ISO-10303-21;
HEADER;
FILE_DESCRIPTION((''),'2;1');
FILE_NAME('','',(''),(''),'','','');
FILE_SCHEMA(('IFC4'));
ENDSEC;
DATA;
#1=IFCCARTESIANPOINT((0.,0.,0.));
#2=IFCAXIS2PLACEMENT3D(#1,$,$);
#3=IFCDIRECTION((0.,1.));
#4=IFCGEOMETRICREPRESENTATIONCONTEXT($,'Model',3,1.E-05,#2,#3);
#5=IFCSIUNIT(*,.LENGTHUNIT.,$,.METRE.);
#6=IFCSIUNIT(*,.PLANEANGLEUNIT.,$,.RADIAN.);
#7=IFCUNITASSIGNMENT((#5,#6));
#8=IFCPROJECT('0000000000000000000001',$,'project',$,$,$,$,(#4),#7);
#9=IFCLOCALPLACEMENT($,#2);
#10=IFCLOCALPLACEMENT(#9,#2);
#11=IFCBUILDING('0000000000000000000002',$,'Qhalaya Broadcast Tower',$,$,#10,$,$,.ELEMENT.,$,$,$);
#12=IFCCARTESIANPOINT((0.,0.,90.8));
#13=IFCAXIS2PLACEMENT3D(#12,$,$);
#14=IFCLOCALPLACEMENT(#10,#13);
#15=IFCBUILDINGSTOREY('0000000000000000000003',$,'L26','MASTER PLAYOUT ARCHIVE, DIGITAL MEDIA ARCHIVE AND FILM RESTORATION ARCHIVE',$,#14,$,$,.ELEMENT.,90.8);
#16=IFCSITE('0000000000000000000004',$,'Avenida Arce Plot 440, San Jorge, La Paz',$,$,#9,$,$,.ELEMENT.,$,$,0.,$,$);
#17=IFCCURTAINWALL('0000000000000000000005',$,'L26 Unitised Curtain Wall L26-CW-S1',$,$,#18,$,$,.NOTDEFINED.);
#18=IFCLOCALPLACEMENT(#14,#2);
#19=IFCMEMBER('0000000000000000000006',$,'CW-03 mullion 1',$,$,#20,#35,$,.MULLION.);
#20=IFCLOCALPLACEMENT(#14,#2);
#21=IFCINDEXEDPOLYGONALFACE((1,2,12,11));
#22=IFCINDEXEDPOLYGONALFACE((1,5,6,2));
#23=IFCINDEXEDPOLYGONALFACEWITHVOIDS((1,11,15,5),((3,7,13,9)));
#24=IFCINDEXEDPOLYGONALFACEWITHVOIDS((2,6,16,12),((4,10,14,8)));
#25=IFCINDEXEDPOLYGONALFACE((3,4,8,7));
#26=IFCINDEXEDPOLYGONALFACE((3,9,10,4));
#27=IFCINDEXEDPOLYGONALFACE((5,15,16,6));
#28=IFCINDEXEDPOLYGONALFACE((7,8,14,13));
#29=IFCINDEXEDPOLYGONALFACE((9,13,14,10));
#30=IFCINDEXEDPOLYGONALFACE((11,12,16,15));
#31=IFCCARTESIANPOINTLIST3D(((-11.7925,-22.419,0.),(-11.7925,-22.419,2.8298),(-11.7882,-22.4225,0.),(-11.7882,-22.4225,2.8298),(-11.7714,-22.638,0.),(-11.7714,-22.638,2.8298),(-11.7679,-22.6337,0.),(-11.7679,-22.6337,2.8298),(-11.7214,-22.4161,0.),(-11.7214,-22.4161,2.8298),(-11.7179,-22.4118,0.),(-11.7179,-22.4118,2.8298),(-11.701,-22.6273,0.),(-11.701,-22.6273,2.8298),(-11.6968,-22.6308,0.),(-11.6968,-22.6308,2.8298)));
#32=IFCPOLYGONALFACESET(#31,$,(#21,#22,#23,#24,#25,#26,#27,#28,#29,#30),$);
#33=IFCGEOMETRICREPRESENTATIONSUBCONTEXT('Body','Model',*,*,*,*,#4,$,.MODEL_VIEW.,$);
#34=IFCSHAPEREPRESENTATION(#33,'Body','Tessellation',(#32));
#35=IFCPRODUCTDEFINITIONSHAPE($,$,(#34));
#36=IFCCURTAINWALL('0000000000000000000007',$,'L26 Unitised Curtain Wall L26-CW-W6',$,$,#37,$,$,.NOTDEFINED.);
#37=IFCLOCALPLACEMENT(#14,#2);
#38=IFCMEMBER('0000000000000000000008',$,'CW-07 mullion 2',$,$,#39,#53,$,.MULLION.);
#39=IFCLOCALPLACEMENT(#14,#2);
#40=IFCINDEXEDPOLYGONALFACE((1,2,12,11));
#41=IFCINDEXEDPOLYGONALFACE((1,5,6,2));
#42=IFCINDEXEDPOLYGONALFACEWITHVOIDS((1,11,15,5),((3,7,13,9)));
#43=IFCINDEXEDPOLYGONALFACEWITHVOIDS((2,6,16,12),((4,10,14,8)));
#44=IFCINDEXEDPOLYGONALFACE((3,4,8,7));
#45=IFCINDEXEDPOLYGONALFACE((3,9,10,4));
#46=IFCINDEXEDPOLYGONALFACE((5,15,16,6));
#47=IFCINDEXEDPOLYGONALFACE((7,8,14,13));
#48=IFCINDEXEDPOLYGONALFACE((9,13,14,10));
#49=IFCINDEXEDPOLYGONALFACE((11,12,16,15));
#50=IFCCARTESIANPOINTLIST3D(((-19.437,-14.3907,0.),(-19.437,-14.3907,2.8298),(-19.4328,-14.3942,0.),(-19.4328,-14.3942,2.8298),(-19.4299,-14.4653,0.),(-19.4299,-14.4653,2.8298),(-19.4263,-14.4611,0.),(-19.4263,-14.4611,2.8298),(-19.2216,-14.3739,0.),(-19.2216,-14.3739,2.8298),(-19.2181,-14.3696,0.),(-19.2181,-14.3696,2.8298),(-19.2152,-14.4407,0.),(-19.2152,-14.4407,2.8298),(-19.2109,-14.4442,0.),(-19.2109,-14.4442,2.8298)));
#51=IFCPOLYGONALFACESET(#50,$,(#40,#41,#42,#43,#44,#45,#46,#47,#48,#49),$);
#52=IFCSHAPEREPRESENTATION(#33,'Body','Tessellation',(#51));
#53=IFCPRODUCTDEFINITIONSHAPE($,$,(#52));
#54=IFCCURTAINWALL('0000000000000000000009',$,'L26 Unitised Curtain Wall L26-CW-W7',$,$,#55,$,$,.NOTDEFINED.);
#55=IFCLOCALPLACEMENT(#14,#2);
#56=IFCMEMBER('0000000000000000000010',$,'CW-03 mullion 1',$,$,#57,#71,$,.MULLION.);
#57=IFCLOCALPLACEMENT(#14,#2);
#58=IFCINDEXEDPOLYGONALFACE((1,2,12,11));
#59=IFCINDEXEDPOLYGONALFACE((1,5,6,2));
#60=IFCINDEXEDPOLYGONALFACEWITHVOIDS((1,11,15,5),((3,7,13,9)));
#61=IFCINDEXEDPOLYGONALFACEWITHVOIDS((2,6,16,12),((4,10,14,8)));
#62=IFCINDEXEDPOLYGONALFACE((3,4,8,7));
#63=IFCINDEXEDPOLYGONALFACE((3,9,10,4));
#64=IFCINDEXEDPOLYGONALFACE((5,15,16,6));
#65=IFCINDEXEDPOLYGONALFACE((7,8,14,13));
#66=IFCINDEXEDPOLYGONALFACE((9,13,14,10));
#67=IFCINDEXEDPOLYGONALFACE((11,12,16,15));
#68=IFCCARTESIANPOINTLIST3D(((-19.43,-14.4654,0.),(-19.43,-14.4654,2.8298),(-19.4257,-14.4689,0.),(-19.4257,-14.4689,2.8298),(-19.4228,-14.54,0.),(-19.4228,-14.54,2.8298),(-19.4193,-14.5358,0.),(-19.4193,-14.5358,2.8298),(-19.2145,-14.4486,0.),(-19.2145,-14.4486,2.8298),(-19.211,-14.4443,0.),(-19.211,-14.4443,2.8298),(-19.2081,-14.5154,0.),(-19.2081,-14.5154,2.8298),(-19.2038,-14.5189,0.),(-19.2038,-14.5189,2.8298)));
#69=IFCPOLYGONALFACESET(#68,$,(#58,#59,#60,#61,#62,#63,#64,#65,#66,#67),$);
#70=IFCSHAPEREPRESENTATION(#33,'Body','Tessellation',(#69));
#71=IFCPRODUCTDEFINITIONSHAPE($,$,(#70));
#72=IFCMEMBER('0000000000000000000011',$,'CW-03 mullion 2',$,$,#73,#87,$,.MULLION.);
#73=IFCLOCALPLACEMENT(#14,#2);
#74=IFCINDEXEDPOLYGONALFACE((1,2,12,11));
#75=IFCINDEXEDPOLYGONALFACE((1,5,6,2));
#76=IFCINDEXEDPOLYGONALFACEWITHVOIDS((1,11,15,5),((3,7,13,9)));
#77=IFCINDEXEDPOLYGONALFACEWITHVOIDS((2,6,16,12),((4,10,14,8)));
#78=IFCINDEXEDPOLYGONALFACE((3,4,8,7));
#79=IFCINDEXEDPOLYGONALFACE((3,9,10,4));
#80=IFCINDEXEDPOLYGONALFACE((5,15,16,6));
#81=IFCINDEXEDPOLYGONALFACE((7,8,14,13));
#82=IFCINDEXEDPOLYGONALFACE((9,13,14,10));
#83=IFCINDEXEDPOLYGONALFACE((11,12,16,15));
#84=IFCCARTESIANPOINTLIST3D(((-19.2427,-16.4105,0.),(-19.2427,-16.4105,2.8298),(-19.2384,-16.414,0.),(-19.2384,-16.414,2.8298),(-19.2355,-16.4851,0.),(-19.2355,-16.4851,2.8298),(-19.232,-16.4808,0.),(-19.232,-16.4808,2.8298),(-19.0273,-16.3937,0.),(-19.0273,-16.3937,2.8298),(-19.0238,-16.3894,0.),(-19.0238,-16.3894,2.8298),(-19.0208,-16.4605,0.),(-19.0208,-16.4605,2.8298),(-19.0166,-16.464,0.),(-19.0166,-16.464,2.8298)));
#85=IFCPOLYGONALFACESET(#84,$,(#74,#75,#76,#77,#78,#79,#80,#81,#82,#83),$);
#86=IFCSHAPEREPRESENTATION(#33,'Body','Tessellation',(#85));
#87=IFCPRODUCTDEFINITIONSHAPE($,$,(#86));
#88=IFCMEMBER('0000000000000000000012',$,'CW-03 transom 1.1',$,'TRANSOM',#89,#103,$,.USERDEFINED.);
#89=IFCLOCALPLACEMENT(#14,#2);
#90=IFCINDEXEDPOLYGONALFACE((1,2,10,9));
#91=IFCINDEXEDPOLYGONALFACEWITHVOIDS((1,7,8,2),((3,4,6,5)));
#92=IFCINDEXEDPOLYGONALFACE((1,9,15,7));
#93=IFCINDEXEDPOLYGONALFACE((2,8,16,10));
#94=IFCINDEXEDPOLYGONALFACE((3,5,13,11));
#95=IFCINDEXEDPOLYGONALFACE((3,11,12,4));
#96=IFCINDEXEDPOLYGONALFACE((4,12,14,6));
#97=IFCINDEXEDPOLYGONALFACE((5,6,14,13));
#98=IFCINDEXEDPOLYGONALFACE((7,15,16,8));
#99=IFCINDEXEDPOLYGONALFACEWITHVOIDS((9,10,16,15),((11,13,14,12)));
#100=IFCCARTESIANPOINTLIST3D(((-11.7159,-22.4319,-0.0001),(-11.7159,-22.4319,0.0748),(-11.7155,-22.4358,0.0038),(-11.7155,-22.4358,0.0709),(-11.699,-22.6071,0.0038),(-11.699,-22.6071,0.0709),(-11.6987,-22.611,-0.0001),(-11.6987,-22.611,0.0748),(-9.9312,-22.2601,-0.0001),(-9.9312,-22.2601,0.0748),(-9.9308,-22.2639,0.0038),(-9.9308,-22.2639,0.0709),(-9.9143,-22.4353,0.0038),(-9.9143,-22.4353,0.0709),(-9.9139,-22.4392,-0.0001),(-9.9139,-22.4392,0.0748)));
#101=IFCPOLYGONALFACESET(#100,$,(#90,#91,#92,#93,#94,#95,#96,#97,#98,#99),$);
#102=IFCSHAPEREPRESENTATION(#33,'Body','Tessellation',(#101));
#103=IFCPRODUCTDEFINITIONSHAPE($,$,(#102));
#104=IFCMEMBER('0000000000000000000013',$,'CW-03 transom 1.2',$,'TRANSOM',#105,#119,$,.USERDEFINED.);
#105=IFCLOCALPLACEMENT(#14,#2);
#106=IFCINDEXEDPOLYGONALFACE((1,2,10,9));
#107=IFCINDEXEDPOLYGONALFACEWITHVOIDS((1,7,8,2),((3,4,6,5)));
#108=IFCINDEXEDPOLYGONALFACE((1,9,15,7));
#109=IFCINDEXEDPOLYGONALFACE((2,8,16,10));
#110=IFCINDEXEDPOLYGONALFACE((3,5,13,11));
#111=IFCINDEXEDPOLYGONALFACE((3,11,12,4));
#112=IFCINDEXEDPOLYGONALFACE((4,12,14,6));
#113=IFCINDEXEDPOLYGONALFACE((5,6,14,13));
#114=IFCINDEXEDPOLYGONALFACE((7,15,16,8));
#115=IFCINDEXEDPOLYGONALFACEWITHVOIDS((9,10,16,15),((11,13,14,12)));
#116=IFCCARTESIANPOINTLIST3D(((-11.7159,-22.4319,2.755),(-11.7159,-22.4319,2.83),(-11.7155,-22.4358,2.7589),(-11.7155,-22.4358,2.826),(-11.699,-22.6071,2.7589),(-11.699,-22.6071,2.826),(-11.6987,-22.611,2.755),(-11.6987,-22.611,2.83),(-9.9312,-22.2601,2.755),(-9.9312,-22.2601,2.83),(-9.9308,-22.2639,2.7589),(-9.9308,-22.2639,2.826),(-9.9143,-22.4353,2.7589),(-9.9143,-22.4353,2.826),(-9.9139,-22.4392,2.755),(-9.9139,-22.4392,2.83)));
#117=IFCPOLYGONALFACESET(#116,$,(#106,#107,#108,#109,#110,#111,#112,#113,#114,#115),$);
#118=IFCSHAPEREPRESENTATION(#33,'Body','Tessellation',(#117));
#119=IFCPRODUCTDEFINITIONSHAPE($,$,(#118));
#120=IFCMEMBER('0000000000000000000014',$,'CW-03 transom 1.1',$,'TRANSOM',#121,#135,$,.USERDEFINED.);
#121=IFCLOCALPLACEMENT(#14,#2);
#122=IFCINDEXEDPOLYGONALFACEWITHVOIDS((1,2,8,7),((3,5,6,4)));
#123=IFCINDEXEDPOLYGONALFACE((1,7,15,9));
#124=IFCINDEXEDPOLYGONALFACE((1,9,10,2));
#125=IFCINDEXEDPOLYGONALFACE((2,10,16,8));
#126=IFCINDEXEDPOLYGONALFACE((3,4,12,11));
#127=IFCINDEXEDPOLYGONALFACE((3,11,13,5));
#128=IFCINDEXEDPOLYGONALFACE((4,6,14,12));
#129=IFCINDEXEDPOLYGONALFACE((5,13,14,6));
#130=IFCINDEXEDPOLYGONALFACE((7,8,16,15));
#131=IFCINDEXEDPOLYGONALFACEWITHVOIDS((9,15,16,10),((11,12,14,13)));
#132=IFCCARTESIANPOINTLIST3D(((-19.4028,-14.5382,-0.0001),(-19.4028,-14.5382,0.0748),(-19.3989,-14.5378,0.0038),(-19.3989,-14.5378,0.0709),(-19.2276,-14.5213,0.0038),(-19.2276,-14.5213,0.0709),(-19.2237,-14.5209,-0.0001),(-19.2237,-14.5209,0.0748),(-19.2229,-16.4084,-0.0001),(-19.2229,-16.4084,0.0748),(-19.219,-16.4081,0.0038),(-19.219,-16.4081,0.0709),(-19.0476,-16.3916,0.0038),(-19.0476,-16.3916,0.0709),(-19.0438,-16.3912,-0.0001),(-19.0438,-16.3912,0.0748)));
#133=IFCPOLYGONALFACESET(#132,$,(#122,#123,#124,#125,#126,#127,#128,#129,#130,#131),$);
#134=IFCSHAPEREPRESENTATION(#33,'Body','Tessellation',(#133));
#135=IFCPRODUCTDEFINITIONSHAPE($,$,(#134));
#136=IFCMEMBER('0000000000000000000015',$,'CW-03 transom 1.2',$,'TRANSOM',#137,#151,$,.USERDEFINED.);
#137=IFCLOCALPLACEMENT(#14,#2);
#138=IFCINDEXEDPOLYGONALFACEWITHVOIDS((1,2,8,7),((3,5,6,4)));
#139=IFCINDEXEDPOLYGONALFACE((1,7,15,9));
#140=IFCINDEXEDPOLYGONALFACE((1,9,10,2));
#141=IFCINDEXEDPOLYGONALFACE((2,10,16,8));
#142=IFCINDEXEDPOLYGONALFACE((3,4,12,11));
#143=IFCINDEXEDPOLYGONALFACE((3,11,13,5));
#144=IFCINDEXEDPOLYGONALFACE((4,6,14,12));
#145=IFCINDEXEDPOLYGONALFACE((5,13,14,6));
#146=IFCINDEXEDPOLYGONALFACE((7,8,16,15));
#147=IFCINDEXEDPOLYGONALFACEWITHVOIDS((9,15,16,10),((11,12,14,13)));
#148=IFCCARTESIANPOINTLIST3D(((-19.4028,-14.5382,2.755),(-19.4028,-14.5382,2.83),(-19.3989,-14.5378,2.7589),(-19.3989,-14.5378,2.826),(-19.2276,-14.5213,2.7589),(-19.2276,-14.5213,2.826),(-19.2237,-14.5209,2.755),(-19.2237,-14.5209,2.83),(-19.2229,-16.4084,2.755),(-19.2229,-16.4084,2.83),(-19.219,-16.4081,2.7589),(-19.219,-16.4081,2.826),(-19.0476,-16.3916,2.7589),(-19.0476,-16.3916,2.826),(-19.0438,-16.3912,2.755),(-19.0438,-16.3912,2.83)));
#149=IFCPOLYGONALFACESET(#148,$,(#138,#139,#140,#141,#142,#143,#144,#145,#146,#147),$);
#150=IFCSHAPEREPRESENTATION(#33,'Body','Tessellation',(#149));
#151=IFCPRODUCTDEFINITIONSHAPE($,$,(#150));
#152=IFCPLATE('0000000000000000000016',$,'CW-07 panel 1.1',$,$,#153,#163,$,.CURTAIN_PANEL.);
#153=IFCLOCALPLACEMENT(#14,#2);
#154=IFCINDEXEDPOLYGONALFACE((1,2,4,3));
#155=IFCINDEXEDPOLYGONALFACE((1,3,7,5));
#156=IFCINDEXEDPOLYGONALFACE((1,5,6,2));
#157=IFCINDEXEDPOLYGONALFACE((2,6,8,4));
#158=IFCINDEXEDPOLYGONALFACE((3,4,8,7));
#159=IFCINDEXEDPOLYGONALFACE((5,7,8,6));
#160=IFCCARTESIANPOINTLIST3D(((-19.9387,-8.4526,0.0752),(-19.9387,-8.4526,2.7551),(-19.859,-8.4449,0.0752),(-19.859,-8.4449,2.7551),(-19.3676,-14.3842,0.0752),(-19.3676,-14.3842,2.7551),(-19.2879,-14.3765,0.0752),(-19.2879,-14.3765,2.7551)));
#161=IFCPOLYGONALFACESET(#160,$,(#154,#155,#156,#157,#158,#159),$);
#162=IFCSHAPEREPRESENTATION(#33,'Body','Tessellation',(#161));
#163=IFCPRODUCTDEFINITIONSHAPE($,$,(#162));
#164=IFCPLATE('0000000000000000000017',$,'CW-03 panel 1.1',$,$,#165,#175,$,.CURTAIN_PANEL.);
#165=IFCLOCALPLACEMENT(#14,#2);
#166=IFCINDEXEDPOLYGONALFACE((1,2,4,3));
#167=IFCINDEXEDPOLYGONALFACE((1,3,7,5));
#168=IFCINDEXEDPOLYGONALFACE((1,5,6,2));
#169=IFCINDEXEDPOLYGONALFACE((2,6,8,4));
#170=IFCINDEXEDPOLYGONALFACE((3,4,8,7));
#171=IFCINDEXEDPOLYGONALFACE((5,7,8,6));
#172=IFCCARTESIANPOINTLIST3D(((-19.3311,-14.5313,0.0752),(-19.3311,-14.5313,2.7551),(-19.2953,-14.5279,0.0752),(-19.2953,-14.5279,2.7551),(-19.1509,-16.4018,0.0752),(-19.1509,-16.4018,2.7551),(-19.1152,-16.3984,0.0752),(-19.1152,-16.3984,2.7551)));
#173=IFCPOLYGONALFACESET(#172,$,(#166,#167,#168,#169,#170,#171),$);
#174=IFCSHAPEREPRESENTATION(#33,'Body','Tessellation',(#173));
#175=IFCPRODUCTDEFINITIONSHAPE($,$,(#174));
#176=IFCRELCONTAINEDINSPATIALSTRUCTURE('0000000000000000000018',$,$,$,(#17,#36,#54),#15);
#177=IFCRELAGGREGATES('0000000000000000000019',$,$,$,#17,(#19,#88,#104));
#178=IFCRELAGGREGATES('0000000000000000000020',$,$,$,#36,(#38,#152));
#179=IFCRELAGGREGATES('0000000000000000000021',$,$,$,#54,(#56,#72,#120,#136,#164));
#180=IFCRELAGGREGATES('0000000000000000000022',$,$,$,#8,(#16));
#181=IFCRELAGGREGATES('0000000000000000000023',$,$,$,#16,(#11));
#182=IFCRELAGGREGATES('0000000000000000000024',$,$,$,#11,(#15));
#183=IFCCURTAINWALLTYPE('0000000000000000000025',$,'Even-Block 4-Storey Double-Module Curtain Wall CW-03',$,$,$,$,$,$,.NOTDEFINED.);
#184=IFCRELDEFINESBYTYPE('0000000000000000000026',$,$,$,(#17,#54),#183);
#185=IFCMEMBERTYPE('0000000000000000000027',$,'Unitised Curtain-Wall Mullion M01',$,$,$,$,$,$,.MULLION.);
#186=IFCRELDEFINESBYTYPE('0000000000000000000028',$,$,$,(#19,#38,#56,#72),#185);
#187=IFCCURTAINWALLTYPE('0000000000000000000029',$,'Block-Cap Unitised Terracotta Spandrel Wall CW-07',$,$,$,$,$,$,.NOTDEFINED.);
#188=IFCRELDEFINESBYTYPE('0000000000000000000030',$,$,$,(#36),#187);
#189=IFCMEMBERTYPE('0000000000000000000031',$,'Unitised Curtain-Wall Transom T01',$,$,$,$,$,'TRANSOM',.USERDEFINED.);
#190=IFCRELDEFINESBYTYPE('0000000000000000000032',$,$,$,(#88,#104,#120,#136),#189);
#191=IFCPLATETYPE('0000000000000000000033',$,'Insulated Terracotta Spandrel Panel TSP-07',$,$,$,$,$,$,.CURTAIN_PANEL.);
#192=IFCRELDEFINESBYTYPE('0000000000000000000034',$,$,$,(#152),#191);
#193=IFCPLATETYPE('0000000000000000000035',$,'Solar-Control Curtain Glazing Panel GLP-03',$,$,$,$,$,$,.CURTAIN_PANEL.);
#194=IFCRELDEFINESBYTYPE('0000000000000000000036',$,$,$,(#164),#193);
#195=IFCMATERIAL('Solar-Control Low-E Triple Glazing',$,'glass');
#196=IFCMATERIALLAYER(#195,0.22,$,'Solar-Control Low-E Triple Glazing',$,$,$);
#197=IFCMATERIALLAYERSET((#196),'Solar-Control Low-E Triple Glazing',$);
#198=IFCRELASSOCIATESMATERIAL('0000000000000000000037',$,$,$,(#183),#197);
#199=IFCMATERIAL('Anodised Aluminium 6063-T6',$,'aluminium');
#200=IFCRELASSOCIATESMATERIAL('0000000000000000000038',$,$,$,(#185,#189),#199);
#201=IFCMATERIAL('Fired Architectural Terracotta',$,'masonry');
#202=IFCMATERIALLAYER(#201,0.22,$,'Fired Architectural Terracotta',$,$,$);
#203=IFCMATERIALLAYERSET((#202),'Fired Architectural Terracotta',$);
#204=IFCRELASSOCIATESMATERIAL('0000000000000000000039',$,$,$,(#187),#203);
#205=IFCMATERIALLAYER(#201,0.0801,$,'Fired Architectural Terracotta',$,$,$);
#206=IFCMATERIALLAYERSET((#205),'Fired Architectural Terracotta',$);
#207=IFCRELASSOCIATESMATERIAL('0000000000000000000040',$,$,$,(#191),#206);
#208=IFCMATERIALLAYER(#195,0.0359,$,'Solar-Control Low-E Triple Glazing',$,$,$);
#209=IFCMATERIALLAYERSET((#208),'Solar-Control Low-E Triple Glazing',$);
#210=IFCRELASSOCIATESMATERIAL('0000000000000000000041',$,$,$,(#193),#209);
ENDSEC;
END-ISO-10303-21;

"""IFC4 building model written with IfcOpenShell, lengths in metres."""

from ifc_helpers import new_model, si_unit, direction, frame, origin, origin_2d, place, context, subcontext, project, spatial, rectangle, hollow_rectangle, extrude, material, layer, layer_set, material_profile, profile_set, type_object, element, aggregate, save


model = new_model("IFC4")

# Units and contexts
model_context = context("Model", 3, precision=1e-05, world=origin(), true_north=direction((0.0, 1.0)))
body_context = subcontext(model_context, "Body", "Model", "MODEL_VIEW")
ifc_project = project(units=[si_unit("LENGTHUNIT", "METRE"), si_unit("PLANEANGLEUNIT", "RADIAN")], contexts=[model_context])

# Site, building, storey
site_placement = place(None, origin())
site = spatial("IfcSite", under=ifc_project, at=site_placement, Name="Avenida Arce Plot 440, San Jorge, La Paz", CompositionType="ELEMENT", RefElevation=0.0)
building_placement = place(site_placement, origin())
building = spatial("IfcBuilding", under=site, at=building_placement, Name="Qhalaya Broadcast Tower", CompositionType="ELEMENT")
storey_placement = place(building_placement, frame((0.0, 0.0, 90.8)))
storey = spatial("IfcBuildingStorey", under=building, at=storey_placement, Name="L26", Description="MASTER PLAYOUT ARCHIVE, DIGITAL MEDIA ARCHIVE AND FILM RESTORATION ARCHIVE", CompositionType="ELEMENT", Elevation=90.8)

# Curtain walls, members
ifc_material_1 = material(Name="Solar-Control Low-E Triple Glazing", Category="glass")
ifc_layer_1 = layer(ifc_material_1, 0.22, Name="Solar-Control Low-E Triple Glazing")
ifc_layer_set_1 = layer_set([ifc_layer_1], Name="Solar-Control Low-E Triple Glazing")
curtain_wall_type_1 = type_object("IfcCurtainWallType", Name="Even-Block 4-Storey Double-Module Curtain Wall CW-03", PredefinedType="NOTDEFINED", material=ifc_layer_set_1)
curtain_wall_1_placement = place(storey_placement, origin())
curtain_wall_1 = element("IfcCurtainWall", 1, at=curtain_wall_1_placement, inside=storey, type_object=curtain_wall_type_1, Name="L26 Unitised Curtain Wall L26-CW-S1", PredefinedType="NOTDEFINED")
ifc_material_2 = material(Name="Anodised Aluminium 6063-T6", Category="aluminium")
ifc_material_profile_1 = material_profile(ifc_material_2, hollow_rectangle(XDim=0.075, YDim=0.22, WallThickness=0.0039, at=origin_2d()), Name="ALU-MUL 75x220x4")
ifc_profile_set_1 = profile_set([ifc_material_profile_1], Name="Anodised Aluminium 6063-T6")
member_type_1 = type_object("IfcMemberType", Name="Unitised Curtain-Wall Mullion M01", PredefinedType="MULLION", material=ifc_profile_set_1)
member_1_placement = place(storey_placement, frame((-11.7446, -22.5249, 0.0), z_axis=(0.0, 0.0, 1.0), x_axis=(0.995398, 0.095829, 0.0)))
member_1 = element("IfcMember", 2, at=member_1_placement, type_object=member_type_1, Name="CW-03 mullion 1", PredefinedType="MULLION", context=body_context, shape_type="SweptSolid", body=[
    extrude(hollow_rectangle(XDim=0.075, YDim=0.22, WallThickness=0.0039, at=origin_2d()), origin(), (0.0, 0.0, 1.0), 2.8298),
])
ifc_material_3 = material(Name="Fired Architectural Terracotta", Category="masonry")
ifc_layer_2 = layer(ifc_material_3, 0.22, Name="Fired Architectural Terracotta")
ifc_layer_set_2 = layer_set([ifc_layer_2], Name="Fired Architectural Terracotta")
curtain_wall_type_2 = type_object("IfcCurtainWallType", Name="Block-Cap Unitised Terracotta Spandrel Wall CW-07", PredefinedType="NOTDEFINED", material=ifc_layer_set_2)
curtain_wall_2_placement = place(storey_placement, origin())
curtain_wall_2 = element("IfcCurtainWall", 3, at=curtain_wall_2_placement, inside=storey, type_object=curtain_wall_type_2, Name="L26 Unitised Curtain Wall L26-CW-W6", PredefinedType="NOTDEFINED")
member_2_placement = place(storey_placement, frame((-19.324, -14.4175, 0.0), z_axis=(0.0, 0.0, 1.0), x_axis=(0.095842, -0.995397, 0.0)))
member_2 = element("IfcMember", 4, at=member_2_placement, type_object=member_type_1, Name="CW-07 mullion 2", PredefinedType="MULLION", context=body_context, shape_type="SweptSolid", body=[
    extrude(hollow_rectangle(XDim=0.075, YDim=0.22, WallThickness=0.0039, at=origin_2d()), origin(), (0.0, 0.0, 1.0), 2.8298),
])

# Curtain wall, members
curtain_wall_3_placement = place(storey_placement, origin())
curtain_wall_3 = element("IfcCurtainWall", 5, at=curtain_wall_3_placement, inside=storey, type_object=curtain_wall_type_1, Name="L26 Unitised Curtain Wall L26-CW-W7", PredefinedType="NOTDEFINED")
member_3_placement = place(storey_placement, frame((-19.3169, -14.4922, 0.0), z_axis=(0.0, 0.0, 1.0), x_axis=(0.095858, -0.995395, 0.0)))
member_3 = element("IfcMember", 6, at=member_3_placement, type_object=member_type_1, Name="CW-03 mullion 1", PredefinedType="MULLION", context=body_context, shape_type="SweptSolid", body=[
    extrude(hollow_rectangle(XDim=0.075, YDim=0.22, WallThickness=0.0039, at=origin_2d()), origin(), (0.0, 0.0, 1.0), 2.8298),
])
member_4_placement = place(storey_placement, frame((-19.1296, -16.4373, 0.0), z_axis=(0.0, 0.0, 1.0), x_axis=(0.095858, -0.995395, 0.0)))
member_4 = element("IfcMember", 7, at=member_4_placement, type_object=member_type_1, Name="CW-03 mullion 2", PredefinedType="MULLION", context=body_context, shape_type="SweptSolid", body=[
    extrude(hollow_rectangle(XDim=0.075, YDim=0.22, WallThickness=0.0039, at=origin_2d()), origin(), (0.0, 0.0, 1.0), 2.8298),
])

# Members
ifc_material_profile_2 = material_profile(ifc_material_2, hollow_rectangle(XDim=0.075, YDim=0.1799, WallThickness=0.0039, at=origin_2d()), Name="ALU-TRN 75x180x4")
ifc_profile_set_2 = profile_set([ifc_material_profile_2], Name="Anodised Aluminium 6063-T6")
member_type_2 = type_object("IfcMemberType", Name="Unitised Curtain-Wall Transom T01", ElementType="TRANSOM", PredefinedType="USERDEFINED", material=ifc_profile_set_2)
member_5_placement = place(storey_placement, frame((-11.7073, -22.5215, 0.0374), z_axis=(0.995395, 0.095863, 0.0), x_axis=(0.0, 0.0, 1.0)))
member_5 = element("IfcMember", 8, at=member_5_placement, type_object=member_type_2, Name="CW-03 transom 1.1", ObjectType="TRANSOM", PredefinedType="USERDEFINED", context=body_context, shape_type="SweptSolid", body=[
    extrude(hollow_rectangle(XDim=0.075, YDim=0.1799, WallThickness=0.0039, at=origin_2d()), origin(), (0.0, 0.0, 1.0), 1.793),
])
member_6_placement = place(storey_placement, frame((-11.7073, -22.5215, 2.7925), z_axis=(0.995395, 0.095863, 0.0), x_axis=(0.0, 0.0, 1.0)))
member_6 = element("IfcMember", 9, at=member_6_placement, type_object=member_type_2, Name="CW-03 transom 1.2", ObjectType="TRANSOM", PredefinedType="USERDEFINED", context=body_context, shape_type="SweptSolid", body=[
    extrude(hollow_rectangle(XDim=0.075, YDim=0.1799, WallThickness=0.0039, at=origin_2d()), origin(), (0.0, 0.0, 1.0), 1.793),
])
aggregate(curtain_wall_1, [member_1, member_5, member_6])
member_7_placement = place(storey_placement, frame((-19.3132, -14.5295, 0.0374), z_axis=(0.095759, -0.995405, 0.0), x_axis=(0.0, 0.0, 1.0)))
member_7 = element("IfcMember", 10, at=member_7_placement, type_object=member_type_2, Name="CW-03 transom 1.1", ObjectType="TRANSOM", PredefinedType="USERDEFINED", context=body_context, shape_type="SweptSolid", body=[
    extrude(hollow_rectangle(XDim=0.075, YDim=0.1799, WallThickness=0.0039, at=origin_2d()), origin(), (0.0, 0.0, 1.0), 1.8789),
])
member_8_placement = place(storey_placement, frame((-19.3132, -14.5295, 2.7925), z_axis=(0.095759, -0.995405, 0.0), x_axis=(0.0, 0.0, 1.0)))
member_8 = element("IfcMember", 11, at=member_8_placement, type_object=member_type_2, Name="CW-03 transom 1.2", ObjectType="TRANSOM", PredefinedType="USERDEFINED", context=body_context, shape_type="SweptSolid", body=[
    extrude(hollow_rectangle(XDim=0.075, YDim=0.1799, WallThickness=0.0039, at=origin_2d()), origin(), (0.0, 0.0, 1.0), 1.8789),
])

# Plates
ifc_layer_3 = layer(ifc_material_3, 0.0801, Name="Fired Architectural Terracotta")
ifc_layer_set_3 = layer_set([ifc_layer_3], Name="Fired Architectural Terracotta")
plate_type_1 = type_object("IfcPlateType", Name="Insulated Terracotta Spandrel Panel TSP-07", PredefinedType="CURTAIN_PANEL", material=ifc_layer_set_3)
plate_1_placement = place(storey_placement, frame((-19.6133, -11.4146, 0.0752), z_axis=(0.0, 0.0, 1.0), x_axis=(0.095842, -0.995397, 0.0)))
plate_1 = element("IfcPlate", 12, at=plate_1_placement, type_object=plate_type_1, Name="CW-07 panel 1.1", PredefinedType="CURTAIN_PANEL", context=body_context, shape_type="SweptSolid", body=[
    extrude(rectangle(XDim=5.959, YDim=0.0801, at=origin_2d()), origin(), (0.0, 0.0, 1.0), 2.6799),
])
aggregate(curtain_wall_2, [member_2, plate_1])
ifc_layer_4 = layer(ifc_material_1, 0.0359, Name="Solar-Control Low-E Triple Glazing")
ifc_layer_set_4 = layer_set([ifc_layer_4], Name="Solar-Control Low-E Triple Glazing")
plate_type_2 = type_object("IfcPlateType", Name="Solar-Control Curtain Glazing Panel GLP-03", PredefinedType="CURTAIN_PANEL", material=ifc_layer_set_4)
plate_2_placement = place(storey_placement, frame((-19.2231, -15.4648, 0.0752), z_axis=(0.0, 0.0, 1.0), x_axis=(0.095858, -0.995395, 0.0)))
plate_2 = element("IfcPlate", 13, at=plate_2_placement, type_object=plate_type_2, Name="CW-03 panel 1.1", PredefinedType="CURTAIN_PANEL", context=body_context, shape_type="SweptSolid", body=[
    extrude(rectangle(XDim=1.8792, YDim=0.0359, at=origin_2d()), origin(), (0.0, 0.0, 1.0), 2.6799),
])
aggregate(curtain_wall_3, [member_3, member_4, member_7, member_8, plate_2])

save(model, "model.ifc")
